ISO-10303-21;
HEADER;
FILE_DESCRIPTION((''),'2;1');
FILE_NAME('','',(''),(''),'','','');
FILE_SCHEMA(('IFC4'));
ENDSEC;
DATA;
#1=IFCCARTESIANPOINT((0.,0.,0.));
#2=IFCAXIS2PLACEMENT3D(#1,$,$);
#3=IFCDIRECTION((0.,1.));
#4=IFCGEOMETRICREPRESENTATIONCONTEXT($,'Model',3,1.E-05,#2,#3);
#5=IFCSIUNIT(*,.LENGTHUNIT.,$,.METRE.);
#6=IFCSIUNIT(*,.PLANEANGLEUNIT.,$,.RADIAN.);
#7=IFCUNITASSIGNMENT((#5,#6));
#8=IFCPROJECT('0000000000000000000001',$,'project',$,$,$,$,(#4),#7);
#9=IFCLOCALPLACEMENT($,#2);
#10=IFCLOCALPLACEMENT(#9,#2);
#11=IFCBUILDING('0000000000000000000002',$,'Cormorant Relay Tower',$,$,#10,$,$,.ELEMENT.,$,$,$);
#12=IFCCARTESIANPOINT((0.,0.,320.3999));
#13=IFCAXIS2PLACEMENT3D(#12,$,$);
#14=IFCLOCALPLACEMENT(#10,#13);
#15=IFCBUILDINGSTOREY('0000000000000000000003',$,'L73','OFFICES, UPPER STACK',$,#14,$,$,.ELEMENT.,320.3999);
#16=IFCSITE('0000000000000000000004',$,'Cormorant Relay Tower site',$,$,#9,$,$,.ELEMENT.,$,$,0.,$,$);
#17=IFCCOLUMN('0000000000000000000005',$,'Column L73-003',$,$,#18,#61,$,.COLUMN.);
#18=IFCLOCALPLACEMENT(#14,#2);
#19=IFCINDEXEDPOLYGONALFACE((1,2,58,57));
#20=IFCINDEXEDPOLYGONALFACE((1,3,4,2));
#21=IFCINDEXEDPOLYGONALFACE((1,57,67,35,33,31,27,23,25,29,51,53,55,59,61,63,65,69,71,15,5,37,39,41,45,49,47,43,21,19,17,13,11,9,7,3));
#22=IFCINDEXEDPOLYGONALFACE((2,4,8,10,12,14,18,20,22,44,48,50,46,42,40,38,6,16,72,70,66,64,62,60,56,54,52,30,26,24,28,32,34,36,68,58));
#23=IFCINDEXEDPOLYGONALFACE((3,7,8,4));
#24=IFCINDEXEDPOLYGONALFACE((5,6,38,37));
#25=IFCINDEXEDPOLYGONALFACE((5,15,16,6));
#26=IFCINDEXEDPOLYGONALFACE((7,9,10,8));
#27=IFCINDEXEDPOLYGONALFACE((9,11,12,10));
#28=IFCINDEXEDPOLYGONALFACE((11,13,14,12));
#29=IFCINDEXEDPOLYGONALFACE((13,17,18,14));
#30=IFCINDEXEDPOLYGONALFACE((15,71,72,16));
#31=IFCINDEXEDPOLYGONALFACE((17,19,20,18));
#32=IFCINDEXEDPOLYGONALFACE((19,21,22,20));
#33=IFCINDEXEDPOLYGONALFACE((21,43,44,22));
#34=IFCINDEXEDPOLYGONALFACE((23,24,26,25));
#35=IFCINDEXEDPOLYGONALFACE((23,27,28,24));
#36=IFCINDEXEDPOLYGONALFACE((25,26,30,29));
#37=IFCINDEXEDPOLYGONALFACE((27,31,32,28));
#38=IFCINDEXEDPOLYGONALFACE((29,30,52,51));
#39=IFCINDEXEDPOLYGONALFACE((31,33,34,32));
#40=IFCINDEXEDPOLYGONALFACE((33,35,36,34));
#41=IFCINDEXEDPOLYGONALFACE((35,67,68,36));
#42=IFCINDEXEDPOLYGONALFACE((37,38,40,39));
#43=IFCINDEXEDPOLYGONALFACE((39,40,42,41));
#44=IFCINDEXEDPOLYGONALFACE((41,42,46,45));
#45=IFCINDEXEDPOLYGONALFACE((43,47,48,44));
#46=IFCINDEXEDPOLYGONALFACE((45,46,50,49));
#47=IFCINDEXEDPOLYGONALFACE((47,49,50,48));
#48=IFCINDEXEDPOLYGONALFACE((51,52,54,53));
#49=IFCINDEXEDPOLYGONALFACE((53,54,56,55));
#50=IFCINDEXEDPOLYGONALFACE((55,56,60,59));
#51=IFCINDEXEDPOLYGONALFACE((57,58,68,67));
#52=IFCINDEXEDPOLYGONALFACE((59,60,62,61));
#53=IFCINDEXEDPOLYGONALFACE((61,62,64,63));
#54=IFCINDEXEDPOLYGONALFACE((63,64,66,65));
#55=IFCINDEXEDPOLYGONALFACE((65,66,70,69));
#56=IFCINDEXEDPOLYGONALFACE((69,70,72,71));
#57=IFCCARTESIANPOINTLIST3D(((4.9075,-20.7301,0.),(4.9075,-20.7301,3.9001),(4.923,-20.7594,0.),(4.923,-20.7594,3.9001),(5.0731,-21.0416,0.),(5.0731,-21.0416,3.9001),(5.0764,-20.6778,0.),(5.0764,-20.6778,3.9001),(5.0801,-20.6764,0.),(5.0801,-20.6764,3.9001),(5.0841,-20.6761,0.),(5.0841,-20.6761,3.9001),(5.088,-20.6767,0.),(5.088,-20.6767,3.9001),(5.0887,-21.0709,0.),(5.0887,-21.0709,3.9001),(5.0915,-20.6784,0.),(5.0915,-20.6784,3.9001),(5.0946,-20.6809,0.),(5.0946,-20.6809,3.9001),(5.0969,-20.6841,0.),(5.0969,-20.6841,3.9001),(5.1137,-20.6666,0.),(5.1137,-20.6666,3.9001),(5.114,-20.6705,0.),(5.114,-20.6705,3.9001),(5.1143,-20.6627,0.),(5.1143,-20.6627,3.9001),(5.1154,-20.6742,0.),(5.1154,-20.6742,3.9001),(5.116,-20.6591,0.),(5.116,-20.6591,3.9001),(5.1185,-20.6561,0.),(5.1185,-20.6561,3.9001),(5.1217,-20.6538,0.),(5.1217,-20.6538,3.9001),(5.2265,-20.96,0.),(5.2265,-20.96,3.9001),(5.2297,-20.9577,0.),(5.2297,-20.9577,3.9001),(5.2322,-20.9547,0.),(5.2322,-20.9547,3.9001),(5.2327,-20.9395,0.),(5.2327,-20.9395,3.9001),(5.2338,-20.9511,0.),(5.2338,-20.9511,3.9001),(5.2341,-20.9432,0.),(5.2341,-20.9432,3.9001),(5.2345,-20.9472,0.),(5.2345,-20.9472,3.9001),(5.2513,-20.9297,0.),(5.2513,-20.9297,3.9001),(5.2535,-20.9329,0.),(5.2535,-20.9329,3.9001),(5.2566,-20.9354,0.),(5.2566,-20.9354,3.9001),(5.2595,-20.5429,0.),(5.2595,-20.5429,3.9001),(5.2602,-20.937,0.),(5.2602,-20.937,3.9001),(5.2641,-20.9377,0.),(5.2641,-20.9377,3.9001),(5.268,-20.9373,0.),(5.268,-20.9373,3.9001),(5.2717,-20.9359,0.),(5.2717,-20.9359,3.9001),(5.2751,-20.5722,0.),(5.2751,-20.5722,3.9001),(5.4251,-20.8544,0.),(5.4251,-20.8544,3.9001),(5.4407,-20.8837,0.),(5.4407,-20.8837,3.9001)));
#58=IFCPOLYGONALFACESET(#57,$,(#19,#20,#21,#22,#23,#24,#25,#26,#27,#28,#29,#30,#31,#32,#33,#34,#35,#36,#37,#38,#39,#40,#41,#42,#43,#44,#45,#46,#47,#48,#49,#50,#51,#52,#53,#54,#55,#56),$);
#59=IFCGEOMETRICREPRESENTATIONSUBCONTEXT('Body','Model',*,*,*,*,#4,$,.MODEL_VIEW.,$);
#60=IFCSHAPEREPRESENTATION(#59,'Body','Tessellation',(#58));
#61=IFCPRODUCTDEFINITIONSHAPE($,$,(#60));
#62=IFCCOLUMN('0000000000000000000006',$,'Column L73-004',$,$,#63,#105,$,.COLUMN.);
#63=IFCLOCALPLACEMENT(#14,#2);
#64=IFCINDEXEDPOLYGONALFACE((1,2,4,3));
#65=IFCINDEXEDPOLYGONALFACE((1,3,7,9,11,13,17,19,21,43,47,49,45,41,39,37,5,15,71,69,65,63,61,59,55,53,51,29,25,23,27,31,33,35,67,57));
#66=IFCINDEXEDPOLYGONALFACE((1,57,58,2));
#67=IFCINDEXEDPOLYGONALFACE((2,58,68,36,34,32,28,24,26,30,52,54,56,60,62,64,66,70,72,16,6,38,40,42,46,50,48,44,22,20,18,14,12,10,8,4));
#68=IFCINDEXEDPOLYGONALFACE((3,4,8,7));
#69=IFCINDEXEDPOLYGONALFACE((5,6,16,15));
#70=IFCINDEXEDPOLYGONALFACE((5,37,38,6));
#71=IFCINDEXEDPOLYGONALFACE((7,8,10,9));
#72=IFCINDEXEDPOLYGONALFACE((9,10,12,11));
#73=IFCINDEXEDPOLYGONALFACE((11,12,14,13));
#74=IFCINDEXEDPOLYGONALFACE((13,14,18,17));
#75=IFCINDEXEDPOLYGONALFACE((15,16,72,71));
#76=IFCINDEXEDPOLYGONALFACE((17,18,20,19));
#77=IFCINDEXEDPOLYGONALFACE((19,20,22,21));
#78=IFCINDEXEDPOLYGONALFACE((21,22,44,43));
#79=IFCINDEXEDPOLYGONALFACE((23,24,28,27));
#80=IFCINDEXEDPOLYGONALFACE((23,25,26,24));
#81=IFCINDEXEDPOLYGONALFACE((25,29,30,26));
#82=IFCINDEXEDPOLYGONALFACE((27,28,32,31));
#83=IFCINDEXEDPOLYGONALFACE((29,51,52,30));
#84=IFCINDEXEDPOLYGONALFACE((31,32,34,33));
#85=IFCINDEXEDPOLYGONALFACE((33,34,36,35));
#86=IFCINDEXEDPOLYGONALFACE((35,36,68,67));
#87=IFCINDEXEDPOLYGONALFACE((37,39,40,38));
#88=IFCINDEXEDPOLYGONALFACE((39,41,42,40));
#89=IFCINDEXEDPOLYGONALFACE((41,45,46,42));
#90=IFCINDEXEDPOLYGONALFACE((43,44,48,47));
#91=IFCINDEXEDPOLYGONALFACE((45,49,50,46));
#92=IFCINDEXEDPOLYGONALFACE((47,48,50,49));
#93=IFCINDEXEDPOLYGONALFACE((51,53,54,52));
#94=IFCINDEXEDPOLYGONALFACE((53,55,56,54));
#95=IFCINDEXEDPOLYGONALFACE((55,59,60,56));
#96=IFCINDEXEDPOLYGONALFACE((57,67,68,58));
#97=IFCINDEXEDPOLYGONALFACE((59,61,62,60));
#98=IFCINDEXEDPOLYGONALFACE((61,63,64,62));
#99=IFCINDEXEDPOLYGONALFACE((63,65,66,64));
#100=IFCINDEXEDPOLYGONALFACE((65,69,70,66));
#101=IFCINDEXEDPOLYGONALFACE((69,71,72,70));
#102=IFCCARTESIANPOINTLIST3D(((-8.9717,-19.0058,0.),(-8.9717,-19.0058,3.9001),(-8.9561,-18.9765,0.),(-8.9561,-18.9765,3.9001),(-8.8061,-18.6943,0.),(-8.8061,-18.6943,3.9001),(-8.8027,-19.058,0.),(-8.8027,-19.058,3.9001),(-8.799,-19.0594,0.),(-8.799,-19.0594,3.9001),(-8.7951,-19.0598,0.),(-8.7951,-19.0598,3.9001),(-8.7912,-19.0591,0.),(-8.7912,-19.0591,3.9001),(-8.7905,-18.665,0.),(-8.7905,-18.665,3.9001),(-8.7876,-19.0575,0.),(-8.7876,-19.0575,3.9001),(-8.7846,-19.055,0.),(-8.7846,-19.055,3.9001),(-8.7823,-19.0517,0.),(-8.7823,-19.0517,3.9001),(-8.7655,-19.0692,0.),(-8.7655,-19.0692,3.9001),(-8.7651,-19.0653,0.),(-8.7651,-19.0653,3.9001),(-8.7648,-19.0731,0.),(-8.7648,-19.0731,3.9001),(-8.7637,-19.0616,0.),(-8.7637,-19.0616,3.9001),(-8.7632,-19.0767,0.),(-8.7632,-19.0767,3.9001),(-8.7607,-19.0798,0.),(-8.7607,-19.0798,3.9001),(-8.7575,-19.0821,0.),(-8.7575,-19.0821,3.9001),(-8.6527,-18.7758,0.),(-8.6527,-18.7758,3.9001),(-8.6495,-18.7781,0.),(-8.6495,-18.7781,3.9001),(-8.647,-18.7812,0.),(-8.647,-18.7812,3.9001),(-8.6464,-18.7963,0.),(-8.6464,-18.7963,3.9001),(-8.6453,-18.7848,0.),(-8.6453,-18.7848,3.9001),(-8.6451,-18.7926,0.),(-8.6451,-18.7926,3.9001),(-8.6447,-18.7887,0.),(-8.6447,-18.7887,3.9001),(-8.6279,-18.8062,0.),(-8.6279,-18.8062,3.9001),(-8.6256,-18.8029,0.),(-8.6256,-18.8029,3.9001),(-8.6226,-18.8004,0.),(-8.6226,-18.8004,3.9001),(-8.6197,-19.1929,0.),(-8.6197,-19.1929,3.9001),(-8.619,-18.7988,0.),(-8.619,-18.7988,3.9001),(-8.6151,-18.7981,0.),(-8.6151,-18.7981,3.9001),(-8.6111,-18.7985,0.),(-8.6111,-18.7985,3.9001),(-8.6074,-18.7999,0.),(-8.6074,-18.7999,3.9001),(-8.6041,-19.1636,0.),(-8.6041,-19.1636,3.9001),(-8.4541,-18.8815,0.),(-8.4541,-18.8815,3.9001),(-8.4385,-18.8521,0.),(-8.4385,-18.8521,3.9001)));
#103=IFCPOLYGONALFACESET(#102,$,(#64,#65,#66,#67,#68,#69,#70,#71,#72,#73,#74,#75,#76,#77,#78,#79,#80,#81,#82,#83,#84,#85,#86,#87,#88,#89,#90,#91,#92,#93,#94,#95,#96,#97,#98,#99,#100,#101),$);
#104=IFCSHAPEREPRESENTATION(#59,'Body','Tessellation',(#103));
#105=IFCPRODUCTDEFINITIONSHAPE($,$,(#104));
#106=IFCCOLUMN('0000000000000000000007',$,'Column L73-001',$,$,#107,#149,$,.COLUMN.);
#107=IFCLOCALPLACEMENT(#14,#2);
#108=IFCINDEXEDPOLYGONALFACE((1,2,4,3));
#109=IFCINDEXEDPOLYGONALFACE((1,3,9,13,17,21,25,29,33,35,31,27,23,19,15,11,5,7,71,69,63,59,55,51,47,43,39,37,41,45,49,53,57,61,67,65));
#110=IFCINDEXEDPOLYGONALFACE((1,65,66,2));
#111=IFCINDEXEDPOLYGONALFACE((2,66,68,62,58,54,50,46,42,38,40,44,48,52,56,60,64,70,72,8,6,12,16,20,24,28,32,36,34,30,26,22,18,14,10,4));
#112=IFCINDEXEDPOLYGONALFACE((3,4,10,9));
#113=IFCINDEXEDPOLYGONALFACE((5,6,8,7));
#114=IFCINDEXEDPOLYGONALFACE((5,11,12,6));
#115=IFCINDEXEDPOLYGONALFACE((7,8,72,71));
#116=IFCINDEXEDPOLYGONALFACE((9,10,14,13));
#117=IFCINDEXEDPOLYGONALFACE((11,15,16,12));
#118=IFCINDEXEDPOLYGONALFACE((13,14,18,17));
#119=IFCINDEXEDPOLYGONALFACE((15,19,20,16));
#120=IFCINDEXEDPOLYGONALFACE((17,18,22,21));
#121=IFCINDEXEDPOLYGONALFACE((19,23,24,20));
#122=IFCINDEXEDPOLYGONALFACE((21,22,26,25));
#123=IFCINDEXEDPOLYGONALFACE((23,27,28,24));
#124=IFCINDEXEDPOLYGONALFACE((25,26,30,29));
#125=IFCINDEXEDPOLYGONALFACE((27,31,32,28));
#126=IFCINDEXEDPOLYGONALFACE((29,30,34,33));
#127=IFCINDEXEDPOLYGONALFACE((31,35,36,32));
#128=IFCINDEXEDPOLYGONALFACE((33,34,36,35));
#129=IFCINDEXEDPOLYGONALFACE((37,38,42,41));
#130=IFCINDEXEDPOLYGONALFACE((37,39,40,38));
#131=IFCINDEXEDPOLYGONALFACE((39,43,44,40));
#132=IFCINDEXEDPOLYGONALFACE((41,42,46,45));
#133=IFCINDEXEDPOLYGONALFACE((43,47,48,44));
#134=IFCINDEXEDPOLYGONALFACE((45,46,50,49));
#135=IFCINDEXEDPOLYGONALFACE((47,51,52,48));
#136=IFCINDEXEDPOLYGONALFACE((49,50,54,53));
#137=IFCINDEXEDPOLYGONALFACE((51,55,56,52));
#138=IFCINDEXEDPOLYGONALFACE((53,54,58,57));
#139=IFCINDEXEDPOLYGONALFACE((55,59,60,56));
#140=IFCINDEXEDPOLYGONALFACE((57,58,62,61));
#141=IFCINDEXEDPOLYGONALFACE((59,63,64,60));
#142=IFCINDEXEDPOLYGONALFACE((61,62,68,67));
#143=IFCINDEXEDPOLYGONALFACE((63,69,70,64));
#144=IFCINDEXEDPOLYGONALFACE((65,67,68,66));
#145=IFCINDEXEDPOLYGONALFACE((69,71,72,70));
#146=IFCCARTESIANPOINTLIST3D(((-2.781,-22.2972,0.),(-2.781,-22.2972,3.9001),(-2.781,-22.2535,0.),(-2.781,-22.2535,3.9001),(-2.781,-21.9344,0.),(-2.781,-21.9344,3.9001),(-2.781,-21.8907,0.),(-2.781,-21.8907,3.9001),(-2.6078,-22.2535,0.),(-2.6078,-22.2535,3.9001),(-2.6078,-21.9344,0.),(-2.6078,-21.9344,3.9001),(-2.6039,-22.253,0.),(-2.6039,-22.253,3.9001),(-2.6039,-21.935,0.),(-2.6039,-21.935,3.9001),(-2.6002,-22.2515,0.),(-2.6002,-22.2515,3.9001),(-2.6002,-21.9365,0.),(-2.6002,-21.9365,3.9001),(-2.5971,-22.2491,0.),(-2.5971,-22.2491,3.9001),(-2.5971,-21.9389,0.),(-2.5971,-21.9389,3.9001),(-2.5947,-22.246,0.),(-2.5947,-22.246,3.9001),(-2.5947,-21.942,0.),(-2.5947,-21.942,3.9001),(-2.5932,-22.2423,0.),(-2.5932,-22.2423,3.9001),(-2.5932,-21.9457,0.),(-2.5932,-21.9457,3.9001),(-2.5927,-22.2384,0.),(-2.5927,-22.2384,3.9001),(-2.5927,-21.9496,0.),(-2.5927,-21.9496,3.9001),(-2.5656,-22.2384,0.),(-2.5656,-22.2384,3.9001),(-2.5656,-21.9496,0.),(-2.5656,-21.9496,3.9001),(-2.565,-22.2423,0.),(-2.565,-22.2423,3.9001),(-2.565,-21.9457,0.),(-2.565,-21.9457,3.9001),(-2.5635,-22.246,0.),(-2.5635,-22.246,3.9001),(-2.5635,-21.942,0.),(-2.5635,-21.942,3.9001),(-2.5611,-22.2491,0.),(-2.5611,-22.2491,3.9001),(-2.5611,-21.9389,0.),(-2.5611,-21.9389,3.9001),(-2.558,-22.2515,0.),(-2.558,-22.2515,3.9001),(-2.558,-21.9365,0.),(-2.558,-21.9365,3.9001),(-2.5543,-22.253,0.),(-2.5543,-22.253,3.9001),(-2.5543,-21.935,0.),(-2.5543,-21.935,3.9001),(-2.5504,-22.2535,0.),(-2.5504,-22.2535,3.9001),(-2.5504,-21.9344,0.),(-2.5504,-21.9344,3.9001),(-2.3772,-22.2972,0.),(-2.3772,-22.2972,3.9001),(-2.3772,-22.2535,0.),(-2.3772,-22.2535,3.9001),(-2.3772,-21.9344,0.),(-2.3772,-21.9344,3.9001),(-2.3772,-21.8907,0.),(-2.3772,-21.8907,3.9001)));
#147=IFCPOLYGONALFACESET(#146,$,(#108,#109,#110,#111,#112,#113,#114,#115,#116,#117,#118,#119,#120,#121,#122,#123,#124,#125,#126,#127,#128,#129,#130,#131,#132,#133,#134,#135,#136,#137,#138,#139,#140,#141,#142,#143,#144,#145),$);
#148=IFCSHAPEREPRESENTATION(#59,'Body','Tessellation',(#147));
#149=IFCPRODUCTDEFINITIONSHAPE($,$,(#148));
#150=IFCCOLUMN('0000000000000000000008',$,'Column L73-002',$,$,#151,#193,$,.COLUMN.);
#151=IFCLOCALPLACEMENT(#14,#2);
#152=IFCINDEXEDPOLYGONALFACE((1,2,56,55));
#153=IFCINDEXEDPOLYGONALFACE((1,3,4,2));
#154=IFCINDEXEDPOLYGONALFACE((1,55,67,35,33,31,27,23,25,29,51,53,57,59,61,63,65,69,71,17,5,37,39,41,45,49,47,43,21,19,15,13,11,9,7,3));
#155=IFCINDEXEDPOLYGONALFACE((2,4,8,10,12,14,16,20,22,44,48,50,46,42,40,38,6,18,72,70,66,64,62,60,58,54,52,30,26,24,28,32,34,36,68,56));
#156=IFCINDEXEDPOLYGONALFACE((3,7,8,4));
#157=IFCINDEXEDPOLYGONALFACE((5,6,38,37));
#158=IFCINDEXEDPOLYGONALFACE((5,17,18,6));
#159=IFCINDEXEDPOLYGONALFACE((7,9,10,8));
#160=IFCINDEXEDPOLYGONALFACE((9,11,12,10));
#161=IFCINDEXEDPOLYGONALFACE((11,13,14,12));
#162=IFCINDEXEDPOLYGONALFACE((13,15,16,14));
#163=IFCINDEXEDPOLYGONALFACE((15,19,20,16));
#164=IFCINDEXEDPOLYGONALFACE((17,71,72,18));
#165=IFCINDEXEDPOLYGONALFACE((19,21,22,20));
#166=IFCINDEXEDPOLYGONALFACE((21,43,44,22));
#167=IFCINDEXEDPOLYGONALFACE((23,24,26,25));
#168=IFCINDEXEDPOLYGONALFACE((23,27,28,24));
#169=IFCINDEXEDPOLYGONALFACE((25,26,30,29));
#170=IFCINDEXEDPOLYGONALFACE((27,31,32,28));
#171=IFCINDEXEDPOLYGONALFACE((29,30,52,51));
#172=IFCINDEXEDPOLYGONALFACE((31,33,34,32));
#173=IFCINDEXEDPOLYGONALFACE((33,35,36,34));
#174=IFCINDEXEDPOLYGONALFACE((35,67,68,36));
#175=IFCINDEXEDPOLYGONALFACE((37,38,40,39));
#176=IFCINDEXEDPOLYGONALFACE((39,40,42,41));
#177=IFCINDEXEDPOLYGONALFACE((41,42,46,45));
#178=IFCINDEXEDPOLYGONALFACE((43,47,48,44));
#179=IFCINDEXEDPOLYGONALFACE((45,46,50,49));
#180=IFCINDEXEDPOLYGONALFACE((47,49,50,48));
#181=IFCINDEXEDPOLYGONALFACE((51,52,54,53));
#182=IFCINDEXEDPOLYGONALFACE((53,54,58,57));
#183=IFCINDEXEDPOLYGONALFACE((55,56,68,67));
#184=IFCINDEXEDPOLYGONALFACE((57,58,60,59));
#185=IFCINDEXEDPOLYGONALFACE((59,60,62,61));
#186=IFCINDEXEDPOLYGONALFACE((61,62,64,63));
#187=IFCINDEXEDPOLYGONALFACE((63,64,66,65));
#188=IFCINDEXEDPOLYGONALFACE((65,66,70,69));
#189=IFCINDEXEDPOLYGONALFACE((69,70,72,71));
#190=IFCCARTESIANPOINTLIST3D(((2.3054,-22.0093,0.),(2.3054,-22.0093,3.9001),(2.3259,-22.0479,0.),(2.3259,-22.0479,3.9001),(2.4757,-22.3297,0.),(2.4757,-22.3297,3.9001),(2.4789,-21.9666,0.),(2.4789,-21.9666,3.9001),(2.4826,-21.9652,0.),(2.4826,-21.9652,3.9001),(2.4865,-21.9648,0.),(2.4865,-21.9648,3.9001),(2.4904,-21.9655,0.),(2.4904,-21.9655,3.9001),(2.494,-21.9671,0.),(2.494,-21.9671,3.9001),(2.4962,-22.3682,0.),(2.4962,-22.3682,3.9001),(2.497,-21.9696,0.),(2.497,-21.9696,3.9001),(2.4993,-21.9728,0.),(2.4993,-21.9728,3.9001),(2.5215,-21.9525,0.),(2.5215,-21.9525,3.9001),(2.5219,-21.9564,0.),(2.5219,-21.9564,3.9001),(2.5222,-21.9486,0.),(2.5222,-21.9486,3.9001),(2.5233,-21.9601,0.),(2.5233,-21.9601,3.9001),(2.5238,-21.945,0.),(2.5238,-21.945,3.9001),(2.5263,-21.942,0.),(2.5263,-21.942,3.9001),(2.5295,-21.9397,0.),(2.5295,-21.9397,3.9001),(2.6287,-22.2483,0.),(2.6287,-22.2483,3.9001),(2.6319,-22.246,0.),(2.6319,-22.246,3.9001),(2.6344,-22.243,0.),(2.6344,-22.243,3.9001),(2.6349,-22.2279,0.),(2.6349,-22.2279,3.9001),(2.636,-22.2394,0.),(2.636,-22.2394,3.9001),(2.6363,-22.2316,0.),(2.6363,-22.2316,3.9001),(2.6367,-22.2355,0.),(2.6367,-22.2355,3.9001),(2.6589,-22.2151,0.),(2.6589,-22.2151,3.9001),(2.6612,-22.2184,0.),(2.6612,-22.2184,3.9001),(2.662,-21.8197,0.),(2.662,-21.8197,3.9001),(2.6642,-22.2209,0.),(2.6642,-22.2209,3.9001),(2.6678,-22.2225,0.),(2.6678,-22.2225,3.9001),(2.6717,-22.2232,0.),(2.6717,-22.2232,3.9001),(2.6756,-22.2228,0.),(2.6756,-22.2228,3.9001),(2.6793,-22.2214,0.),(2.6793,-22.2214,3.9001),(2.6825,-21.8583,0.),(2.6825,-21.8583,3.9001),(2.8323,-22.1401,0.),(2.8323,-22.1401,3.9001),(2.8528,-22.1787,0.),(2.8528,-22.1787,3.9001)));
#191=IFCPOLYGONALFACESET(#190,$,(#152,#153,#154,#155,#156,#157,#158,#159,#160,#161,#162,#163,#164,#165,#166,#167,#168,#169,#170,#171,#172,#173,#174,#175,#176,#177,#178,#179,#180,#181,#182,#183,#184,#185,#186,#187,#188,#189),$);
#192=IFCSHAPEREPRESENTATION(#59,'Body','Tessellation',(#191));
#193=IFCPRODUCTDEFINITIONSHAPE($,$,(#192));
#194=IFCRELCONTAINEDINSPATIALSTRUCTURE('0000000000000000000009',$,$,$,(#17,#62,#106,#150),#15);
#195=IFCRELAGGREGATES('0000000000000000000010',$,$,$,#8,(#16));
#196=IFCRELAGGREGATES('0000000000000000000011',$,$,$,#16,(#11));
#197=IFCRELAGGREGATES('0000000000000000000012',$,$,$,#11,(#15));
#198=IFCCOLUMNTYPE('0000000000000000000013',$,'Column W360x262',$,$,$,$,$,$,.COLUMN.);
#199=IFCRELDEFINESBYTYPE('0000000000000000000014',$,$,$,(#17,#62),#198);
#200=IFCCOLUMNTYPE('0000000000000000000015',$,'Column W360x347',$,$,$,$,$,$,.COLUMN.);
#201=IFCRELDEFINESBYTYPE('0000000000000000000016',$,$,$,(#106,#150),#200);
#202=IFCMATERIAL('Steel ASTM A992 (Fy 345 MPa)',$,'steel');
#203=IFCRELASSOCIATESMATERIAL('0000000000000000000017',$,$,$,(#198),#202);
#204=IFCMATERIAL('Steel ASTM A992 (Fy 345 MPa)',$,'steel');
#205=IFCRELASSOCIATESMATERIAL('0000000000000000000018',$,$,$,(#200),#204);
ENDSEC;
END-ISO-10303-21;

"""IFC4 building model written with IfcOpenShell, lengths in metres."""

from ifc_helpers import new_model, si_unit, direction, frame, origin, origin_2d, place, context, subcontext, project, spatial, i_section, extrude, material, material_profile, profile_set, type_object, element, save


model = new_model("IFC4")

# Units and contexts
model_context = context("Model", 3, precision=1e-05, world=origin(), true_north=direction((0.0, 1.0)))
body_context = subcontext(model_context, "Body", "Model", "MODEL_VIEW")
ifc_project = project(units=[si_unit("LENGTHUNIT", "METRE"), si_unit("PLANEANGLEUNIT", "RADIAN")], contexts=[model_context])

# Site, building, storey
site_placement = place(None, origin())
site = spatial("IfcSite", under=ifc_project, at=site_placement, Name="Cormorant Relay Tower site", CompositionType="ELEMENT", RefElevation=0.0)
building_placement = place(site_placement, origin())
building = spatial("IfcBuilding", under=site, at=building_placement, Name="Cormorant Relay Tower", CompositionType="ELEMENT")
storey_placement = place(building_placement, frame((0.0, 0.0, 320.3999)))
storey = spatial("IfcBuildingStorey", under=building, at=storey_placement, Name="L73", Description="OFFICES, UPPER STACK", CompositionType="ELEMENT", Elevation=320.3999)

# Columns
ifc_material_1 = material(Name="Steel ASTM A992 (Fy 345 MPa)", Category="steel")
ifc_material_profile_1 = material_profile(ifc_material_1, i_section(OverallWidth=0.3987, OverallDepth=0.386, WebThickness=0.021, FlangeThickness=0.0332, FilletRadius=0.0151, at=origin_2d()), Name="W360x262")
ifc_profile_set_1 = profile_set([ifc_material_profile_1], Name="Steel ASTM A992 (Fy 345 MPa)")
column_type_1 = type_object("IfcColumnType", Name="Column W360x262", PredefinedType="COLUMN", material=ifc_profile_set_1)
for number, where, z_axis, x_axis, name in (
    (1, (5.1741, -20.8069, 0.0), (0.0, 0.0, 1.0), (0.882948, 0.469472, 0.0), "Column L73-003"),
    (2, (-8.7051, -18.929, 0.0), (0.0, 0.0, 1.0), (0.882948, -0.469472, 0.0), "Column L73-004"),
):
    element("IfcColumn", number, at=place(storey_placement, frame(where, z_axis=z_axis, x_axis=x_axis)), inside=storey, type_object=column_type_1, Name=name, PredefinedType="COLUMN", context=body_context, shape_type="SweptSolid", body=[
        extrude(i_section(OverallWidth=0.3987, OverallDepth=0.386, WebThickness=0.021, FlangeThickness=0.0332, FilletRadius=0.0151, at=origin_2d()), origin(), (0.0, 0.0, 1.0), 3.9001),
    ])
ifc_material_2 = material(Name="Steel ASTM A992 (Fy 345 MPa)", Category="steel")
ifc_material_profile_2 = material_profile(ifc_material_2, i_section(OverallWidth=0.4038, OverallDepth=0.4065, WebThickness=0.0271, FlangeThickness=0.0437, FilletRadius=0.0151, at=origin_2d()), Name="W360x347")
ifc_profile_set_2 = profile_set([ifc_material_profile_2], Name="Steel ASTM A992 (Fy 345 MPa)")
column_type_2 = type_object("IfcColumnType", Name="Column W360x347", PredefinedType="COLUMN", material=ifc_profile_set_2)
for number, where, z_axis, x_axis, name in (
    (3, (-2.5791, -22.094, 0.0), (0.0, 0.0, 1.0), (1.0, 0.0, 0.0), "Column L73-001"),
    (4, (2.5791, -22.094, 0.0), (0.0, 0.0, 1.0), (0.882948, 0.469472, 0.0), "Column L73-002"),
):
    element("IfcColumn", number, at=place(storey_placement, frame(where, z_axis=z_axis, x_axis=x_axis)), inside=storey, type_object=column_type_2, Name=name, PredefinedType="COLUMN", context=body_context, shape_type="SweptSolid", body=[
        extrude(i_section(OverallWidth=0.4038, OverallDepth=0.4065, WebThickness=0.0271, FlangeThickness=0.0437, FilletRadius=0.0151, at=origin_2d()), origin(), (0.0, 0.0, 1.0), 3.9001),
    ])

save(model, "model.ifc")
